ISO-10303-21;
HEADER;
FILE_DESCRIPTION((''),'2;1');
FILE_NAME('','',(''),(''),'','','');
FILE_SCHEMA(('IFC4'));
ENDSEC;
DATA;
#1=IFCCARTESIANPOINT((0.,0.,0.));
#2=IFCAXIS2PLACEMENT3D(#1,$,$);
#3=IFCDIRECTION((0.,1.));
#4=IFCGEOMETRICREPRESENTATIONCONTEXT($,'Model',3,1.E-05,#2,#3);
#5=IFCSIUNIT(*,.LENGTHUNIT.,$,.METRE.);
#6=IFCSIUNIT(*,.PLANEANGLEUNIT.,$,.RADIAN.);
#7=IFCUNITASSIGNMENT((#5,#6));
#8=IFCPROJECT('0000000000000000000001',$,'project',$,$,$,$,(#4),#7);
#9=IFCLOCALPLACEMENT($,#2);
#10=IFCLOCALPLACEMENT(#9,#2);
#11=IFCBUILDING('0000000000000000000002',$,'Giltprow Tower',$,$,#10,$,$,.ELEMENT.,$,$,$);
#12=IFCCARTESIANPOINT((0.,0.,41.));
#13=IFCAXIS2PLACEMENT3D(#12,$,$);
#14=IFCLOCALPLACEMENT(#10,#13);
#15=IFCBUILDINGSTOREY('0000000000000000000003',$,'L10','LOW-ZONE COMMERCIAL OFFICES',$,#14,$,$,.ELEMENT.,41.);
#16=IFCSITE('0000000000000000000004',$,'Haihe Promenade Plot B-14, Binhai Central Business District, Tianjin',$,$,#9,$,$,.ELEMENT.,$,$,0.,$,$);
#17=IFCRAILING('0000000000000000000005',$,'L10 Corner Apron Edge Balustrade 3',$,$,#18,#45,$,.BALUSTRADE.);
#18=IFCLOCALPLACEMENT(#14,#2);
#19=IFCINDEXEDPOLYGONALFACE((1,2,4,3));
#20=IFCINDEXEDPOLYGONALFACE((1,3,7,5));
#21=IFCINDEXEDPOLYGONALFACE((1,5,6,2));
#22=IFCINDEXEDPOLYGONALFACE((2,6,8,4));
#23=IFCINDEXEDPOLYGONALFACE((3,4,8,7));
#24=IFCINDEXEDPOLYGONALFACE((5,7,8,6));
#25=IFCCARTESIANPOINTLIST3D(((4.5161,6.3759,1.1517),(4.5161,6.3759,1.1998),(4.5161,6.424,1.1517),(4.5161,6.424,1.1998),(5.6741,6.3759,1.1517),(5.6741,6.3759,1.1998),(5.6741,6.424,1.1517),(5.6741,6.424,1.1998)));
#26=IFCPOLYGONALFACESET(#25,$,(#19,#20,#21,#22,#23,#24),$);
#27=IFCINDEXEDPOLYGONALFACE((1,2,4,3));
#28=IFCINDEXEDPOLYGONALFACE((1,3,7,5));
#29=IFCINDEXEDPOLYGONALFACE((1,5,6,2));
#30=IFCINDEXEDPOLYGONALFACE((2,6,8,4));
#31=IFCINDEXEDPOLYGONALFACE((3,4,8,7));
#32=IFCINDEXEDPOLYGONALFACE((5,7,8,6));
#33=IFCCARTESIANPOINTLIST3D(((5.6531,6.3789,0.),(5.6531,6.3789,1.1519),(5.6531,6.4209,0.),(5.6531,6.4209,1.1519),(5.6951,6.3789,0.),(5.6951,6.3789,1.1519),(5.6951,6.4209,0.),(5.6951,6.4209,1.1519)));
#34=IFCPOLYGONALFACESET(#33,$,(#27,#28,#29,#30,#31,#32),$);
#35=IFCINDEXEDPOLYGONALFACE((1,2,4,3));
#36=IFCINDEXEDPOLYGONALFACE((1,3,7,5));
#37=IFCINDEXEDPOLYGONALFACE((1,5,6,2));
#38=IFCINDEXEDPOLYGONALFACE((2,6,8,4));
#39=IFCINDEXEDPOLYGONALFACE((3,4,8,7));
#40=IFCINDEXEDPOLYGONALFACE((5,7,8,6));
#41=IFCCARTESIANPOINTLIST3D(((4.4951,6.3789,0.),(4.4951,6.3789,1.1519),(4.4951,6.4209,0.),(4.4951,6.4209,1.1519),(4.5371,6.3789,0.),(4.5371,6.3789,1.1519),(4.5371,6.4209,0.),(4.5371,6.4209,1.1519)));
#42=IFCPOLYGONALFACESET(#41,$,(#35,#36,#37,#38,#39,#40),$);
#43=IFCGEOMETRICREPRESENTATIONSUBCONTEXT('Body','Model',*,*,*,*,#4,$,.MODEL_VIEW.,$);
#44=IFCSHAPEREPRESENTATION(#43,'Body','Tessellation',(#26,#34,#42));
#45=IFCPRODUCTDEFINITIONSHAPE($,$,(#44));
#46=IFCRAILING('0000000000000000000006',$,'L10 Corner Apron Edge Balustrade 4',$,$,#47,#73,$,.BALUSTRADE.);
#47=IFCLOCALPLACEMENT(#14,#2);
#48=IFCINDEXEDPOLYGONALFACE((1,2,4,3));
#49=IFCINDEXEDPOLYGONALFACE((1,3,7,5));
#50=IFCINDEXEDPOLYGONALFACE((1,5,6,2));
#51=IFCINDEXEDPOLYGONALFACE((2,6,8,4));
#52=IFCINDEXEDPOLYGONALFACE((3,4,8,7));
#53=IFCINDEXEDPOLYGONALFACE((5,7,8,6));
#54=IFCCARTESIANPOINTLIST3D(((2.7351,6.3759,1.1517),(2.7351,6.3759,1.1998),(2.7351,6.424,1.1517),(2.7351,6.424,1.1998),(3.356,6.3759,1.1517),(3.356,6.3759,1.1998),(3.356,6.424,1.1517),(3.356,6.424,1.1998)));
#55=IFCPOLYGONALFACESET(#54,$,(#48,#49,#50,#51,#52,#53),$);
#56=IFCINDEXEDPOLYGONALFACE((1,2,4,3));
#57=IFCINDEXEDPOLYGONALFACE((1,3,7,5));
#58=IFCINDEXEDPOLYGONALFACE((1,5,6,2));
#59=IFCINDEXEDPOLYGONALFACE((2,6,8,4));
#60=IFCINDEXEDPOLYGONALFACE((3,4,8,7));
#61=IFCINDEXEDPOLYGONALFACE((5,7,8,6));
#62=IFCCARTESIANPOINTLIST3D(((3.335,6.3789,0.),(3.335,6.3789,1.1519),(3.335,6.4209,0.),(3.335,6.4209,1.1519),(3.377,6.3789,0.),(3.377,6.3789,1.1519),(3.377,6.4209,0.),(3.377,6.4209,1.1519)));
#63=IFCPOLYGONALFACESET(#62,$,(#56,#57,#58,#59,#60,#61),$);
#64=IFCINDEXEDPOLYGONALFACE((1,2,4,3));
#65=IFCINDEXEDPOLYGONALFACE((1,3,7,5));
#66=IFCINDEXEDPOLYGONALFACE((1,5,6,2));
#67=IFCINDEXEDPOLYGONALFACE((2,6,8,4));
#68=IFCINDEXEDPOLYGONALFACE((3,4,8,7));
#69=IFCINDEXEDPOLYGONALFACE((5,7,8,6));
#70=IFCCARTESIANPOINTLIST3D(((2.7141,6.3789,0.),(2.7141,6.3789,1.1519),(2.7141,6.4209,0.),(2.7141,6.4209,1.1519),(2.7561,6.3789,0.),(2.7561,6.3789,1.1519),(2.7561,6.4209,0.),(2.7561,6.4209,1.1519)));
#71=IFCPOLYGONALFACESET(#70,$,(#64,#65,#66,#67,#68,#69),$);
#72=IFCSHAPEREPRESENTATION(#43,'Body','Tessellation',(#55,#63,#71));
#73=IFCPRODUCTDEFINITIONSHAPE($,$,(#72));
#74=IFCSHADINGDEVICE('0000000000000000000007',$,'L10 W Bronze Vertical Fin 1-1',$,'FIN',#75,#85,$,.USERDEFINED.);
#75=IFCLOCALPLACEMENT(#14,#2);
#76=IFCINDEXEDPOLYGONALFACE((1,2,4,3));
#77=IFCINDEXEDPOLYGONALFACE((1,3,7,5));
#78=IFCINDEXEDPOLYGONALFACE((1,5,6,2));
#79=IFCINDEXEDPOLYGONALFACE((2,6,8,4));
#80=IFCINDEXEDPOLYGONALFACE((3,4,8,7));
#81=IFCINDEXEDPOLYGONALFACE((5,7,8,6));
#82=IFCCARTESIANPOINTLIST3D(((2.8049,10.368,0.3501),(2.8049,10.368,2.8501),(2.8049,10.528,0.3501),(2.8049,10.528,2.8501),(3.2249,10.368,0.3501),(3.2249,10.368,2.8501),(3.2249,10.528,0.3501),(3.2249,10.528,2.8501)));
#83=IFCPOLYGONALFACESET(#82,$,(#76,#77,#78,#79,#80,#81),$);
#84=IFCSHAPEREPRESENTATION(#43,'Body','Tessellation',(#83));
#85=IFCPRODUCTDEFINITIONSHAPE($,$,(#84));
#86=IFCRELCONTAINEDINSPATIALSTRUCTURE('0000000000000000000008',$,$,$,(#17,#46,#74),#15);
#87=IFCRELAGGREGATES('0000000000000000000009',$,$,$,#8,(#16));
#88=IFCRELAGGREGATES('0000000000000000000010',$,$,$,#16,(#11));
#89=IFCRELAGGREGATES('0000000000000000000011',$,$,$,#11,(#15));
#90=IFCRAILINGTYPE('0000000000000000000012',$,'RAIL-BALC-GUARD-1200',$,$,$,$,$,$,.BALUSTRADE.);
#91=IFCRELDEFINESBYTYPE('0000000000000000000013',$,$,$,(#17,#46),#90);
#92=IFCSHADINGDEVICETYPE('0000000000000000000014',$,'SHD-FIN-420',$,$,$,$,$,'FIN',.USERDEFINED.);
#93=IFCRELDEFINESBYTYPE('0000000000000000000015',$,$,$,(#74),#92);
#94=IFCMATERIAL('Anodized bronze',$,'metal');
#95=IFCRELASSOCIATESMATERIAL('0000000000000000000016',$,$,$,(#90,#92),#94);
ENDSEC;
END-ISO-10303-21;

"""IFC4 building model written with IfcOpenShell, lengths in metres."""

from ifc_helpers import new_model, si_unit, direction, frame, origin, origin_2d, place, context, subcontext, project, spatial, rectangle, extrude, source, transform, mapped, material, type_object, element, save


model = new_model("IFC4")

# Units and contexts
model_context = context("Model", 3, precision=1e-05, world=origin(), true_north=direction((0.0, 1.0)))
body_context = subcontext(model_context, "Body", "Model", "MODEL_VIEW")
ifc_project = project(units=[si_unit("LENGTHUNIT", "METRE"), si_unit("PLANEANGLEUNIT", "RADIAN")], contexts=[model_context])

# Site, building, storey
site_placement = place(None, origin())
site = spatial("IfcSite", under=ifc_project, at=site_placement, Name="Haihe Promenade Plot B-14, Binhai Central Business District, Tianjin", CompositionType="ELEMENT", RefElevation=0.0)
building_placement = place(site_placement, origin())
building = spatial("IfcBuilding", under=site, at=building_placement, Name="Giltprow Tower", CompositionType="ELEMENT")
storey_placement = place(building_placement, frame((0.0, 0.0, 41.0)))
storey = spatial("IfcBuildingStorey", under=building, at=storey_placement, Name="L10", Description="LOW-ZONE COMMERCIAL OFFICES", CompositionType="ELEMENT", Elevation=41.0)

# Shared definitions
ifc_material_1 = material(Name="Anodized bronze", Category="metal")

# Railings
railing_type = type_object("IfcRailingType", Name="RAIL-BALC-GUARD-1200", PredefinedType="BALUSTRADE", material=ifc_material_1)
railing_1_placement = place(storey_placement, frame((5.6741, 6.3999, 0.0)))
element("IfcRailing", 1, at=railing_1_placement, inside=storey, type_object=railing_type, Name="L10 Corner Apron Edge Balustrade 3", PredefinedType="BALUSTRADE", context=body_context, shape_type="SweptSolid", body=[
    extrude(rectangle(XDim=0.0481, YDim=0.0481, at=origin_2d()), frame((0.0, 0.0, 1.1758), z_axis=(-1.0, 0.0, 0.0), x_axis=(0.0, -1.0, 0.0)), (0.0, 0.0, 1.0), 1.158),
    extrude(rectangle(XDim=0.042, YDim=0.042, at=origin_2d()), origin(), (0.0, 0.0, 1.0), 1.1519),
    extrude(rectangle(XDim=0.042, YDim=0.042, at=origin_2d()), frame((-1.158, 0.0, 0.0)), (0.0, 0.0, 1.0), 1.1519),
])
railing_2_placement = place(storey_placement, frame((3.356, 6.3999, 0.0)))
element("IfcRailing", 2, at=railing_2_placement, inside=storey, type_object=railing_type, Name="L10 Corner Apron Edge Balustrade 4", PredefinedType="BALUSTRADE", context=body_context, shape_type="SweptSolid", body=[
    extrude(rectangle(XDim=0.0481, YDim=0.0481, at=origin_2d()), frame((0.0, 0.0, 1.1758), z_axis=(-1.0, 0.0, 0.0), x_axis=(0.0, -1.0, 0.0)), (0.0, 0.0, 1.0), 0.6208),
    extrude(rectangle(XDim=0.042, YDim=0.042, at=origin_2d()), origin(), (0.0, 0.0, 1.0), 1.1519),
    extrude(rectangle(XDim=0.042, YDim=0.042, at=origin_2d()), frame((-0.6208, 0.0, 0.0)), (0.0, 0.0, 1.0), 1.1519),
])

# Shading device
shading_device_type = type_object("IfcShadingDeviceType", Name="SHD-FIN-420", ElementType="FIN", PredefinedType="USERDEFINED", material=ifc_material_1)
shared_shape_1 = source(origin(), body_context, "Body", "SweptSolid", [
    extrude(rectangle(XDim=0.4199, YDim=0.1599, at=origin_2d()), origin(), (0.0, 0.0, 1.0), 2.5),
])
shading_device_placement = place(storey_placement, frame((3.0149, 10.448, 0.3501), z_axis=(0.0, 0.0, 1.0), x_axis=(1.0, 0.0, 0.0)))
element("IfcShadingDevice", 3, at=shading_device_placement, inside=storey, type_object=shading_device_type, Name="L10 W Bronze Vertical Fin 1-1", ObjectType="FIN", PredefinedType="USERDEFINED", context=body_context, shape_type="MappedRepresentation", body=[
    mapped(shared_shape_1, transform((0.0, 0.0, 0.0), x_axis=(1.0, 0.0, 0.0), y_axis=(0.0, 1.0, 0.0), z_axis=(0.0, 0.0, 1.0), scale=1.0)),
])

save(model, "model.ifc")
